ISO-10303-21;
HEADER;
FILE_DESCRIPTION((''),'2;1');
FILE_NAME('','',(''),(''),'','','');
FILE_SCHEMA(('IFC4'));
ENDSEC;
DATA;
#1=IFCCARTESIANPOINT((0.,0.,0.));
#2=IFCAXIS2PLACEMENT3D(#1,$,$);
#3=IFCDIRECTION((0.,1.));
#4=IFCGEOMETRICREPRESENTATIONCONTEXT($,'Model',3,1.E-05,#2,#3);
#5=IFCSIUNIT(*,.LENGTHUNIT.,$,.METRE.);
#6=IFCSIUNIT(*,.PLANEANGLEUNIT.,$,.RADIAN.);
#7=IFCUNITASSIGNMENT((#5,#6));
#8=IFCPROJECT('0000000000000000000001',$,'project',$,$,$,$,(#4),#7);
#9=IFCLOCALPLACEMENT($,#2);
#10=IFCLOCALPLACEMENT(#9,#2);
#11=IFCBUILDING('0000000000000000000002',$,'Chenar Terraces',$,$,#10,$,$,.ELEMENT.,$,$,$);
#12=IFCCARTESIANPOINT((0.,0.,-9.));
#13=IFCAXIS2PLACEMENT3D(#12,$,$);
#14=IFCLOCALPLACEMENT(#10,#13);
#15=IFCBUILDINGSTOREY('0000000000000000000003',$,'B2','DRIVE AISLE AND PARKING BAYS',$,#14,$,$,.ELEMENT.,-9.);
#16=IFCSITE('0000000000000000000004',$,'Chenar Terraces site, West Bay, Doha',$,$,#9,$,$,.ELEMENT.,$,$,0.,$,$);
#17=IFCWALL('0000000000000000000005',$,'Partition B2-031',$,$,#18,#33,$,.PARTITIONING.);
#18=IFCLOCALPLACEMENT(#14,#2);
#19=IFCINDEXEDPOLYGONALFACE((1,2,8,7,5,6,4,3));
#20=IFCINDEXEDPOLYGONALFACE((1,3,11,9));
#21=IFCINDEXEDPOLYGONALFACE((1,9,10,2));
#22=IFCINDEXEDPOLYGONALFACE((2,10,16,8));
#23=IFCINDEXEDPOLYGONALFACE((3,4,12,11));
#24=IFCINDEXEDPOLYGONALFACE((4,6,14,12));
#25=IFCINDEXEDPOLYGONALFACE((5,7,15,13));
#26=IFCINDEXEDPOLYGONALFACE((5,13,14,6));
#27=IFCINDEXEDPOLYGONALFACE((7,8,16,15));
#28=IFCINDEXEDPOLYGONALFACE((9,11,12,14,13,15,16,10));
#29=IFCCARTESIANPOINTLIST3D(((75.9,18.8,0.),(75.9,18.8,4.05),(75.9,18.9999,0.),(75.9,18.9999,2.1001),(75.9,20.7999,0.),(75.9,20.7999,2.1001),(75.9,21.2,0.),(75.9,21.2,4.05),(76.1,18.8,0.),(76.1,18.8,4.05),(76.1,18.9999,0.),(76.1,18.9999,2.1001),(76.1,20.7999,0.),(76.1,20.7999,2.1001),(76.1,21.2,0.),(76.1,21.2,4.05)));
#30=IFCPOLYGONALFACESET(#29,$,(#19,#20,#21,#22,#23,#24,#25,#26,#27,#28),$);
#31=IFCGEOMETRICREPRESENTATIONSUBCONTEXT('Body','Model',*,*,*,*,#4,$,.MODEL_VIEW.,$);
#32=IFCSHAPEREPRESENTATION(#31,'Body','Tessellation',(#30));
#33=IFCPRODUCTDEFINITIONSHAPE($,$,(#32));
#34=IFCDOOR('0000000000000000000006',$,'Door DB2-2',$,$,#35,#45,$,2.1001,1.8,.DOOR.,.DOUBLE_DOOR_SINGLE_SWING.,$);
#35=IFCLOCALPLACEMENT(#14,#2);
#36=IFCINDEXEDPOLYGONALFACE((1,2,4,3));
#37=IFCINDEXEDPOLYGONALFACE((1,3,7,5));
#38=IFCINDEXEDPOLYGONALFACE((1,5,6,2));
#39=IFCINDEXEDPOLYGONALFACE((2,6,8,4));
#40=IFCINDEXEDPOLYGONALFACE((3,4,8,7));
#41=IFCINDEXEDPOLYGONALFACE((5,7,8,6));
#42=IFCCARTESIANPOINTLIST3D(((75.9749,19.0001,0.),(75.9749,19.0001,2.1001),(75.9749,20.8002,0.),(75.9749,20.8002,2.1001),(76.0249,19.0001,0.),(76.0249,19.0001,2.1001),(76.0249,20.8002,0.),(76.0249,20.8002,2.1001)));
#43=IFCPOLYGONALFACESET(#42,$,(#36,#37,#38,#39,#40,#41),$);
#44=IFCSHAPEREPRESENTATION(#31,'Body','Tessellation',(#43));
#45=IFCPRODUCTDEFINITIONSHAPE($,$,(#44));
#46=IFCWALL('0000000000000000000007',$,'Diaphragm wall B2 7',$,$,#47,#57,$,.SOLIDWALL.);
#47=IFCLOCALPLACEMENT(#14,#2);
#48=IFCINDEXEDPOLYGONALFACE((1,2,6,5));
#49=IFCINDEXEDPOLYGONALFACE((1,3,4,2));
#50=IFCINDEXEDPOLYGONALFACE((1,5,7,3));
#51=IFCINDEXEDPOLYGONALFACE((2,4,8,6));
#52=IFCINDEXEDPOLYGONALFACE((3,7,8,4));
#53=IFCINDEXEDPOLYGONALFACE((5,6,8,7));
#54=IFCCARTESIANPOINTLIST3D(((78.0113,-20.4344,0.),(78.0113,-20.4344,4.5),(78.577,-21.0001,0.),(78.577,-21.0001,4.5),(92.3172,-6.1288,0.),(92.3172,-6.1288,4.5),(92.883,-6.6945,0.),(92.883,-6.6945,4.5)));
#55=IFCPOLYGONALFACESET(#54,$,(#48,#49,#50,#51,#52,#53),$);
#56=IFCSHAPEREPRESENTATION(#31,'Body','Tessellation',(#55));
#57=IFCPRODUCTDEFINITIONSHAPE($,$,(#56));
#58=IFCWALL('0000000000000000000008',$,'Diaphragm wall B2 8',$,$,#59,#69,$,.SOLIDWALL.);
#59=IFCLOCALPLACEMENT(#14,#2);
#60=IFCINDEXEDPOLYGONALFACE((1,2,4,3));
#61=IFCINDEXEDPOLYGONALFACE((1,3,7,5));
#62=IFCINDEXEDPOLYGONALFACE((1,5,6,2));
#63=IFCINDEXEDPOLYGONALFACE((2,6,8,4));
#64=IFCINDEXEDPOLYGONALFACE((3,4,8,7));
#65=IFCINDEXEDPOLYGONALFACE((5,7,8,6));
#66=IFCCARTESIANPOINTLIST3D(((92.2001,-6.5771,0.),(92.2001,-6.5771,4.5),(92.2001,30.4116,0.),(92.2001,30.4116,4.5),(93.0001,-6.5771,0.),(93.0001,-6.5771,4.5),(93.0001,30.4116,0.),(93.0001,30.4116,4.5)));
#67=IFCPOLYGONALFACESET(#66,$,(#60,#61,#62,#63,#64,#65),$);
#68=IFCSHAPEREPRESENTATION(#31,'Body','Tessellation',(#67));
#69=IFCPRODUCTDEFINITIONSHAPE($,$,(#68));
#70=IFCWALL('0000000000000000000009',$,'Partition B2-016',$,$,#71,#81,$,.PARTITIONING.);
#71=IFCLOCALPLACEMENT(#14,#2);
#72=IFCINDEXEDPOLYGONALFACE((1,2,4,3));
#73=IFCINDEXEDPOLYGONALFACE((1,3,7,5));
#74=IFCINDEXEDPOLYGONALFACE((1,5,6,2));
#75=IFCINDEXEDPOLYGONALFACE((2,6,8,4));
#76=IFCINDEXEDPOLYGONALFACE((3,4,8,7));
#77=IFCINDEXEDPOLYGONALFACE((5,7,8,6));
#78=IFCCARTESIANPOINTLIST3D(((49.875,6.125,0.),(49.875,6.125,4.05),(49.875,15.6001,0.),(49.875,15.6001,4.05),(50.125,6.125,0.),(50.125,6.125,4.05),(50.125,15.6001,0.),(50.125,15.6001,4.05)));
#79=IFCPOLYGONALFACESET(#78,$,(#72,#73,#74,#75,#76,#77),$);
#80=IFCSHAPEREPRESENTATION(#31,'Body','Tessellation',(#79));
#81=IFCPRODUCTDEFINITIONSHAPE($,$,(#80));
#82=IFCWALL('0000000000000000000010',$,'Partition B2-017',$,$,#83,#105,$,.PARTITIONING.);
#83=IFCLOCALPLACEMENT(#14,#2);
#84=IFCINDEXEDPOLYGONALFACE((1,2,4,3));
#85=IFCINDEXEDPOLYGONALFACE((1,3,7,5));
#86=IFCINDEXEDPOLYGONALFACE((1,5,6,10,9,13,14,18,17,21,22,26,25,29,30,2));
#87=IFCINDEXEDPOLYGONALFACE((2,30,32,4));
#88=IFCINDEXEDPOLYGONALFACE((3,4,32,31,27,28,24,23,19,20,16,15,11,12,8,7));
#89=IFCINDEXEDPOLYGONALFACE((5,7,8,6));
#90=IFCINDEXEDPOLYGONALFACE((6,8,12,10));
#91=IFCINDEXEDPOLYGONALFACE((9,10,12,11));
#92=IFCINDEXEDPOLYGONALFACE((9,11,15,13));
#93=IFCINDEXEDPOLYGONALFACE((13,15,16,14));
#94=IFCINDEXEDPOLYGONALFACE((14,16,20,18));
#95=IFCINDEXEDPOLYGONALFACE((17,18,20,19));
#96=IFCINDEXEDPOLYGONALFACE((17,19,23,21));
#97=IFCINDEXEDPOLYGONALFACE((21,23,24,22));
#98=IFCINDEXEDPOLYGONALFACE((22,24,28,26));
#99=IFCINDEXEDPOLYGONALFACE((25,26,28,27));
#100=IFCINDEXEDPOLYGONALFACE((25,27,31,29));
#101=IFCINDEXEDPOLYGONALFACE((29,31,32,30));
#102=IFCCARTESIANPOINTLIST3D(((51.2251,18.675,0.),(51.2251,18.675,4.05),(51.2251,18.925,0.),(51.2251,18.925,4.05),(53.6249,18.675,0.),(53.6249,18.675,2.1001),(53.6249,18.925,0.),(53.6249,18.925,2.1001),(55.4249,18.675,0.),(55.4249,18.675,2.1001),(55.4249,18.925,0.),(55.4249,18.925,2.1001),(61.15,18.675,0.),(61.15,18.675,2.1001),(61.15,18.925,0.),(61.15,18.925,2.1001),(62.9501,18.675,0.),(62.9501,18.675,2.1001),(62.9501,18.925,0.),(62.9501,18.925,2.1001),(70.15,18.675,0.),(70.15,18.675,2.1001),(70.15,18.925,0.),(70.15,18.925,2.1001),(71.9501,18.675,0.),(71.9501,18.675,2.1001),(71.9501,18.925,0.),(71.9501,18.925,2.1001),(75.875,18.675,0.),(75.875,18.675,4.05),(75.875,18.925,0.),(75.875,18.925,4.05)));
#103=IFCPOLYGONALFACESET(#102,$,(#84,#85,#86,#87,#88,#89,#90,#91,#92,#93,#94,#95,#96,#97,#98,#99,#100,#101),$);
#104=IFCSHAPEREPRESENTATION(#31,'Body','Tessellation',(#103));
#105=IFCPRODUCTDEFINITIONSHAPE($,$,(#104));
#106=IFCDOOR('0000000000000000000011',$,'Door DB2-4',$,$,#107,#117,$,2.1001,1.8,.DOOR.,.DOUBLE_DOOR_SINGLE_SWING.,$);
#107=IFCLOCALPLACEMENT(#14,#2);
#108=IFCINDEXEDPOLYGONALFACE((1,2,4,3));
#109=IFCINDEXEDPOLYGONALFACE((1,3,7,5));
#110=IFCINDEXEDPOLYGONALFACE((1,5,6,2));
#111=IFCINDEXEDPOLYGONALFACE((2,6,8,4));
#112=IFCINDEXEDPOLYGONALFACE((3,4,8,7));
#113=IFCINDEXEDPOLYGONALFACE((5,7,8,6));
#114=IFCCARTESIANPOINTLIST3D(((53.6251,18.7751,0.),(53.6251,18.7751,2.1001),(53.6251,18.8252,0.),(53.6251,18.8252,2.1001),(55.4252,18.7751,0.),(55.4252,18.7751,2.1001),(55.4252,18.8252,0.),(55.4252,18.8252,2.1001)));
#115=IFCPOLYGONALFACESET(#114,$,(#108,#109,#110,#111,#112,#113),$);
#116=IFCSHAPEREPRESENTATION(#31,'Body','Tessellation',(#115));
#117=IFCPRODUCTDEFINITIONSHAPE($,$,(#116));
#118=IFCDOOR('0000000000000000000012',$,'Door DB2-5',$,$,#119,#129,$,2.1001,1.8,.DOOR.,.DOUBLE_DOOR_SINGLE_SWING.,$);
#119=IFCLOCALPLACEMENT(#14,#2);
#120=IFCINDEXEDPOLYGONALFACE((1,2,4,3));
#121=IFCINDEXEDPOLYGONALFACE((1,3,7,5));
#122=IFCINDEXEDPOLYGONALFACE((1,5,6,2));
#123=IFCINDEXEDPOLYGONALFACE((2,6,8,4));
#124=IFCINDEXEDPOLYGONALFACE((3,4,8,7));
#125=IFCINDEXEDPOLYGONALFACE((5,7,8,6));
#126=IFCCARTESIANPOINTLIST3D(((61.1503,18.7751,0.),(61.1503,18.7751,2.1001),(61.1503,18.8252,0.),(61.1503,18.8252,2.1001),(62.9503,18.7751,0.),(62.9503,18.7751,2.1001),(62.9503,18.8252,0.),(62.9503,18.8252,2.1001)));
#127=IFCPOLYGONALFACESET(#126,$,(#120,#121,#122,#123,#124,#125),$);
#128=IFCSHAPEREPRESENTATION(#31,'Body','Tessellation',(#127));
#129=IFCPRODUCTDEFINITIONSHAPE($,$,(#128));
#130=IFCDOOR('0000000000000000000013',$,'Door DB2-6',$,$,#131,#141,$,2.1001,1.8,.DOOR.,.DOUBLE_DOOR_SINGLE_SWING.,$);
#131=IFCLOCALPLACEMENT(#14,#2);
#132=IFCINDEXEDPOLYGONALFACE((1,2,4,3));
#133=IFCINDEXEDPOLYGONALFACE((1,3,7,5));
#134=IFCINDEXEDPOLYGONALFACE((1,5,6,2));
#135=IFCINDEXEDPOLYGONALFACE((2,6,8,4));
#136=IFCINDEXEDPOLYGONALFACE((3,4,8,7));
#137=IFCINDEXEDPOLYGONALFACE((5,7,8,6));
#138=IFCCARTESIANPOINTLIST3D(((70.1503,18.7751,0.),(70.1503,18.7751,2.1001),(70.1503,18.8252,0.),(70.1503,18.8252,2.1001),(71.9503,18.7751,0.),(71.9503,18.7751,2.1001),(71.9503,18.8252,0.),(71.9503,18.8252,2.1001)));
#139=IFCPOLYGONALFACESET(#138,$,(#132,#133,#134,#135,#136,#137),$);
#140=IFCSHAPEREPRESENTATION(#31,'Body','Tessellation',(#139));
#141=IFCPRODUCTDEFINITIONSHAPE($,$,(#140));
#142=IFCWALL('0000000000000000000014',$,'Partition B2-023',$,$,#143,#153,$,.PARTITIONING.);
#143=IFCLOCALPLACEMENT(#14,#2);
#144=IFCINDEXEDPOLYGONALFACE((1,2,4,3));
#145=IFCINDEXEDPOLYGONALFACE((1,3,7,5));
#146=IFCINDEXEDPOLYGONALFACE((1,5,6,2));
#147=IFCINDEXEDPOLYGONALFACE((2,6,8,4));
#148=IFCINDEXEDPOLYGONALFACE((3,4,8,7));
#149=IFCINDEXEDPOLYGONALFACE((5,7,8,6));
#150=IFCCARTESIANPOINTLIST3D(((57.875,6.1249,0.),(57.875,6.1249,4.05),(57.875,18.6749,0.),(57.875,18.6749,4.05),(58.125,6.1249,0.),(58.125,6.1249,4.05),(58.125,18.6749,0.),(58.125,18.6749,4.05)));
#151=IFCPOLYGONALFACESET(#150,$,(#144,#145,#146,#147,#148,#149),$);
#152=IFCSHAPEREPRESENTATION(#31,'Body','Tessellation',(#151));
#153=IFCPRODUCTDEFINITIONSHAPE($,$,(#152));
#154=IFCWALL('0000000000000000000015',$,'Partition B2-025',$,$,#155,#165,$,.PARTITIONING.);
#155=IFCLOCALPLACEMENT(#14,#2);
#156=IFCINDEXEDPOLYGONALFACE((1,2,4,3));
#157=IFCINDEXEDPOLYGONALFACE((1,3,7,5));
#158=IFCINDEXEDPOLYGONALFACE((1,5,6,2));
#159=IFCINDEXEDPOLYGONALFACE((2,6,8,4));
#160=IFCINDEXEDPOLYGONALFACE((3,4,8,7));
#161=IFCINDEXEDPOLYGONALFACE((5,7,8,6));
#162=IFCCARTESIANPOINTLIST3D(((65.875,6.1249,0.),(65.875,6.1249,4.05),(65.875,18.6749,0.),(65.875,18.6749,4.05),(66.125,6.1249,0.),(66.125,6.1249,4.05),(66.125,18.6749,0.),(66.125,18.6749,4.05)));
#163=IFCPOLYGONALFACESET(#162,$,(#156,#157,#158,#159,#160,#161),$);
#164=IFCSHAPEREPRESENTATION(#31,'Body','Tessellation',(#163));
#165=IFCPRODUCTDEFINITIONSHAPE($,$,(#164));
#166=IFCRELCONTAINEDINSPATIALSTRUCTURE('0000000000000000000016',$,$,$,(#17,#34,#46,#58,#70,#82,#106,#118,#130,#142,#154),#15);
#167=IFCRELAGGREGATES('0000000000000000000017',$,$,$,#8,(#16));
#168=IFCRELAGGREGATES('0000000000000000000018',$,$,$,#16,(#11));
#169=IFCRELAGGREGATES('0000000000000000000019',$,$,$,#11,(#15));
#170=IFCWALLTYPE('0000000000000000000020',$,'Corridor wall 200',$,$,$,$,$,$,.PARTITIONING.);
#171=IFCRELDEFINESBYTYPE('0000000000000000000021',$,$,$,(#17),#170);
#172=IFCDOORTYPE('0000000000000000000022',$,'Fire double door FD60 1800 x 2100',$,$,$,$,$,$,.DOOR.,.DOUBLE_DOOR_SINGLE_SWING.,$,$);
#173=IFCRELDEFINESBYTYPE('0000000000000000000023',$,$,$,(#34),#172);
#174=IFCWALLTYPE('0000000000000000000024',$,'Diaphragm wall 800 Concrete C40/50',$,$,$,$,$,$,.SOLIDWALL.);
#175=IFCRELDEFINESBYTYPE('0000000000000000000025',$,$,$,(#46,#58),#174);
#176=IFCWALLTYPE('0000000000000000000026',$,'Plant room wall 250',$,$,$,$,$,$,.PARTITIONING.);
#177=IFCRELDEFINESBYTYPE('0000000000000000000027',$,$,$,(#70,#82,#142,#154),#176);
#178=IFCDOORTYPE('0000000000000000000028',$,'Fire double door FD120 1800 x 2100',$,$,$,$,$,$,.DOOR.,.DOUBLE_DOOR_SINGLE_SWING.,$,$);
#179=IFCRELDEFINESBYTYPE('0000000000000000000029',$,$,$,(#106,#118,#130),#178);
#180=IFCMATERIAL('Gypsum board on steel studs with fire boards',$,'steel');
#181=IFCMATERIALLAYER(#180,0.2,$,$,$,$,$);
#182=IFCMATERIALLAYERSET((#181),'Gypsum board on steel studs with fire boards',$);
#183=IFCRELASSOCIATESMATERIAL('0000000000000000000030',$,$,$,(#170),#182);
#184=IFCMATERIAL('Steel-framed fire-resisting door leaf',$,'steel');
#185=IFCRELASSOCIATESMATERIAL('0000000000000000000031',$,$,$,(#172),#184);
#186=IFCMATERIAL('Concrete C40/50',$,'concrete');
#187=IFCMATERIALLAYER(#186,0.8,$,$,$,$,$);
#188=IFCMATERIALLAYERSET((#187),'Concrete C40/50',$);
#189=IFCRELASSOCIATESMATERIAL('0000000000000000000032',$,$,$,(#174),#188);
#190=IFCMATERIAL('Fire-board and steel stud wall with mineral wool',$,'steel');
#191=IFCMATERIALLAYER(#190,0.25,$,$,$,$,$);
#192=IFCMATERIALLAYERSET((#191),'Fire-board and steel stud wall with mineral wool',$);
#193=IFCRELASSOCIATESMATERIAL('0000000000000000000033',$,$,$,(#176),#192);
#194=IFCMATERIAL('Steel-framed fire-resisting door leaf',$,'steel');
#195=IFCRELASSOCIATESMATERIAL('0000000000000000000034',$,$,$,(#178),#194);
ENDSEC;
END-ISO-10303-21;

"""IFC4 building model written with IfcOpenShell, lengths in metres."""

from ifc_helpers import new_model, si_unit, direction, frame, frame_2d, origin, place, context, subcontext, project, spatial, rectangle, extrude, material, layer, layer_set, type_object, element, fill, save


model = new_model("IFC4")

# Units and contexts
model_context = context("Model", 3, precision=1e-05, world=origin(), true_north=direction((0.0, 1.0)))
body_context = subcontext(model_context, "Body", "Model", "MODEL_VIEW")
ifc_project = project(units=[si_unit("LENGTHUNIT", "METRE"), si_unit("PLANEANGLEUNIT", "RADIAN")], contexts=[model_context])

# Site, building, storey
site_placement = place(None, origin())
site = spatial("IfcSite", under=ifc_project, at=site_placement, Name="Chenar Terraces site, West Bay, Doha", CompositionType="ELEMENT", RefElevation=0.0)
building_placement = place(site_placement, origin())
building = spatial("IfcBuilding", under=site, at=building_placement, Name="Chenar Terraces", CompositionType="ELEMENT")
storey_placement = place(building_placement, frame((0.0, 0.0, -9.0)))
storey = spatial("IfcBuildingStorey", under=building, at=storey_placement, Name="B2", Description="DRIVE AISLE AND PARKING BAYS", CompositionType="ELEMENT", Elevation=-9.0)

# Wall, opening, door
ifc_material_1 = material(Name="Gypsum board on steel studs with fire boards", Category="steel")
ifc_layer_1 = layer(ifc_material_1, 0.2)
ifc_layer_set_1 = layer_set([ifc_layer_1], Name="Gypsum board on steel studs with fire boards")
wall_type_1 = type_object("IfcWallType", Name="Corridor wall 200", PredefinedType="PARTITIONING", material=ifc_layer_set_1)
wall_1_placement = place(storey_placement, frame((76.0, 18.8, 0.0), z_axis=(0.0, 0.0, 1.0), x_axis=(0.0, 1.0, 0.0)))
wall_1 = element("IfcWall", 1, at=wall_1_placement, inside=storey, type_object=wall_type_1, Name="Partition B2-031", PredefinedType="PARTITIONING", context=body_context, shape_type="SweptSolid", body=[
    extrude(rectangle(XDim=2.3999, YDim=0.2, at=frame_2d((1.2, 0.0))), origin(), (0.0, 0.0, 1.0), 4.05),
])
opening_1_placement = place(wall_1_placement, frame((0.2, 0.0, 0.0)))
opening_1 = element("IfcOpeningElement", 2, at=opening_1_placement, cuts=wall_1, PredefinedType="OPENING", context=body_context, shape_type="SweptSolid", body=[
    extrude(rectangle(XDim=1.8, YDim=2.1001, at=frame_2d((0.8999, 1.05))), frame((0.0, 0.1099, 0.0), z_axis=(0.0, -1.0, 0.0), x_axis=(1.0, 0.0, 0.0)), (0.0, 0.0, 1.0), 0.22),
])
ifc_material_2 = material(Name="Steel-framed fire-resisting door leaf", Category="steel")
door_type_1 = type_object("IfcDoorType", Name="Fire double door FD60 1800 x 2100", OperationType="DOUBLE_DOOR_SINGLE_SWING", PredefinedType="DOOR", material=ifc_material_2)
door_1_placement = place(opening_1_placement, frame((1.8, 0.0, 0.0), z_axis=(0.0, 0.0, 1.0), x_axis=(-1.0, 0.0, 0.0)))
door_1 = element("IfcDoor", 3, at=door_1_placement, inside=storey, type_object=door_type_1, Name="Door DB2-2", OperationType="DOUBLE_DOOR_SINGLE_SWING", OverallHeight=2.1001, OverallWidth=1.8, PredefinedType="DOOR", context=body_context, shape_type="SweptSolid", body=[
    extrude(rectangle(XDim=1.8, YDim=2.1001, at=frame_2d((0.8999, 1.05))), frame((0.0, 0.0249, 0.0), z_axis=(0.0, -1.0, 0.0), x_axis=(1.0, 0.0, 0.0)), (0.0, 0.0, 1.0), 0.05),
])
fill(opening_1, door_1)

# Walls
ifc_material_3 = material(Name="Concrete C40/50", Category="concrete")
ifc_layer_2 = layer(ifc_material_3, 0.8)
ifc_layer_set_2 = layer_set([ifc_layer_2], Name="Concrete C40/50")
wall_type_2 = type_object("IfcWallType", Name="Diaphragm wall 800 Concrete C40/50", PredefinedType="SOLIDWALL", material=ifc_layer_set_2)
wall_2_placement = place(storey_placement, frame((78.2942, -20.7173, 0.0), z_axis=(0.0, 0.0, 1.0), x_axis=(0.707113, 0.707101, 0.0)))
element("IfcWall", 4, at=wall_2_placement, inside=storey, type_object=wall_type_2, Name="Diaphragm wall B2 7", PredefinedType="SOLIDWALL", context=body_context, shape_type="SweptSolid", body=[
    extrude(rectangle(XDim=20.2314, YDim=0.8, at=frame_2d((10.1157, 0.0))), origin(), (0.0, 0.0, 1.0), 4.5),
])
wall_3_placement = place(storey_placement, frame((92.6001, -6.5771, 0.0), z_axis=(0.0, 0.0, 1.0), x_axis=(0.0, 1.0, 0.0)))
element("IfcWall", 5, at=wall_3_placement, inside=storey, type_object=wall_type_2, Name="Diaphragm wall B2 8", PredefinedType="SOLIDWALL", context=body_context, shape_type="SweptSolid", body=[
    extrude(rectangle(XDim=36.9888, YDim=0.8, at=frame_2d((18.4944, 0.0))), origin(), (0.0, 0.0, 1.0), 4.5),
])
ifc_material_4 = material(Name="Fire-board and steel stud wall with mineral wool", Category="steel")
ifc_layer_3 = layer(ifc_material_4, 0.25)
ifc_layer_set_3 = layer_set([ifc_layer_3], Name="Fire-board and steel stud wall with mineral wool")
wall_type_3 = type_object("IfcWallType", Name="Plant room wall 250", PredefinedType="PARTITIONING", material=ifc_layer_set_3)
wall_4_placement = place(storey_placement, frame((50.0, 6.125, 0.0), z_axis=(0.0, 0.0, 1.0), x_axis=(0.0, 1.0, 0.0)))
element("IfcWall", 6, at=wall_4_placement, inside=storey, type_object=wall_type_3, Name="Partition B2-016", PredefinedType="PARTITIONING", context=body_context, shape_type="SweptSolid", body=[
    extrude(rectangle(XDim=9.4751, YDim=0.25, at=frame_2d((4.7375, 0.0))), origin(), (0.0, 0.0, 1.0), 4.05),
])

# Wall, openings, doors
wall_5_placement = place(storey_placement, frame((51.2251, 18.8, 0.0), z_axis=(0.0, 0.0, 1.0), x_axis=(1.0, 0.0, 0.0)))
wall_5 = element("IfcWall", 7, at=wall_5_placement, inside=storey, type_object=wall_type_3, Name="Partition B2-017", PredefinedType="PARTITIONING", context=body_context, shape_type="SweptSolid", body=[
    extrude(rectangle(XDim=24.6499, YDim=0.25, at=frame_2d((12.325, 0.0))), origin(), (0.0, 0.0, 1.0), 4.05),
])
opening_2_placement = place(wall_5_placement, frame((2.3999, 0.0, 0.0)))
opening_2 = element("IfcOpeningElement", 8, at=opening_2_placement, cuts=wall_5, PredefinedType="OPENING", context=body_context, shape_type="SweptSolid", body=[
    extrude(rectangle(XDim=1.8, YDim=2.1001, at=frame_2d((0.8999, 1.05))), frame((0.0, 0.135, 0.0), z_axis=(0.0, -1.0, 0.0), x_axis=(1.0, 0.0, 0.0)), (0.0, 0.0, 1.0), 0.27),
])
opening_3_placement = place(wall_5_placement, frame((9.925, 0.0, 0.0)))
opening_3 = element("IfcOpeningElement", 9, at=opening_3_placement, cuts=wall_5, PredefinedType="OPENING", context=body_context, shape_type="SweptSolid", body=[
    extrude(rectangle(XDim=1.8, YDim=2.1001, at=frame_2d((0.8999, 1.05))), frame((0.0, 0.135, 0.0), z_axis=(0.0, -1.0, 0.0), x_axis=(1.0, 0.0, 0.0)), (0.0, 0.0, 1.0), 0.27),
])
opening_4_placement = place(wall_5_placement, frame((18.925, 0.0, 0.0)))
opening_4 = element("IfcOpeningElement", 10, at=opening_4_placement, cuts=wall_5, PredefinedType="OPENING", context=body_context, shape_type="SweptSolid", body=[
    extrude(rectangle(XDim=1.8, YDim=2.1001, at=frame_2d((0.8999, 1.05))), frame((0.0, 0.135, 0.0), z_axis=(0.0, -1.0, 0.0), x_axis=(1.0, 0.0, 0.0)), (0.0, 0.0, 1.0), 0.27),
])
ifc_material_5 = material(Name="Steel-framed fire-resisting door leaf", Category="steel")
door_type_2 = type_object("IfcDoorType", Name="Fire double door FD120 1800 x 2100", OperationType="DOUBLE_DOOR_SINGLE_SWING", PredefinedType="DOOR", material=ifc_material_5)
door_2_placement = place(opening_2_placement, frame((1.8, 0.0, 0.0), z_axis=(0.0, 0.0, 1.0), x_axis=(-1.0, 0.0, 0.0)))
door_2 = element("IfcDoor", 11, at=door_2_placement, inside=storey, type_object=door_type_2, Name="Door DB2-4", OperationType="DOUBLE_DOOR_SINGLE_SWING", OverallHeight=2.1001, OverallWidth=1.8, PredefinedType="DOOR", context=body_context, shape_type="SweptSolid", body=[
    extrude(rectangle(XDim=1.8, YDim=2.1001, at=frame_2d((0.8999, 1.05))), frame((0.0, 0.0249, 0.0), z_axis=(0.0, -1.0, 0.0), x_axis=(1.0, 0.0, 0.0)), (0.0, 0.0, 1.0), 0.05),
])
fill(opening_2, door_2)
door_3_placement = place(opening_3_placement, frame((1.8, 0.0, 0.0), z_axis=(0.0, 0.0, 1.0), x_axis=(-1.0, 0.0, 0.0)))
door_3 = element("IfcDoor", 12, at=door_3_placement, inside=storey, type_object=door_type_2, Name="Door DB2-5", OperationType="DOUBLE_DOOR_SINGLE_SWING", OverallHeight=2.1001, OverallWidth=1.8, PredefinedType="DOOR", context=body_context, shape_type="SweptSolid", body=[
    extrude(rectangle(XDim=1.8, YDim=2.1001, at=frame_2d((0.8999, 1.05))), frame((0.0, 0.0249, 0.0), z_axis=(0.0, -1.0, 0.0), x_axis=(1.0, 0.0, 0.0)), (0.0, 0.0, 1.0), 0.05),
])
fill(opening_3, door_3)
door_4_placement = place(opening_4_placement, frame((1.8, 0.0, 0.0), z_axis=(0.0, 0.0, 1.0), x_axis=(-1.0, 0.0, 0.0)))
door_4 = element("IfcDoor", 13, at=door_4_placement, inside=storey, type_object=door_type_2, Name="Door DB2-6", OperationType="DOUBLE_DOOR_SINGLE_SWING", OverallHeight=2.1001, OverallWidth=1.8, PredefinedType="DOOR", context=body_context, shape_type="SweptSolid", body=[
    extrude(rectangle(XDim=1.8, YDim=2.1001, at=frame_2d((0.8999, 1.05))), frame((0.0, 0.0249, 0.0), z_axis=(0.0, -1.0, 0.0), x_axis=(1.0, 0.0, 0.0)), (0.0, 0.0, 1.0), 0.05),
])
fill(opening_4, door_4)

# Walls
for number, where, z_axis, x_axis, name in (
    (14, (58.0, 6.125, 0.0), (0.0, 0.0, 1.0), (0.0, 1.0, 0.0), "Partition B2-023"),
    (15, (66.0, 6.125, 0.0), (0.0, 0.0, 1.0), (0.0, 1.0, 0.0), "Partition B2-025"),
):
    element("IfcWall", number, at=place(storey_placement, frame(where, z_axis=z_axis, x_axis=x_axis)), inside=storey, type_object=wall_type_3, Name=name, PredefinedType="PARTITIONING", context=body_context, shape_type="SweptSolid", body=[
        extrude(rectangle(XDim=12.55, YDim=0.25, at=frame_2d((6.2749, 0.0))), origin(), (0.0, 0.0, 1.0), 4.05),
    ])

save(model, "model.ifc")
